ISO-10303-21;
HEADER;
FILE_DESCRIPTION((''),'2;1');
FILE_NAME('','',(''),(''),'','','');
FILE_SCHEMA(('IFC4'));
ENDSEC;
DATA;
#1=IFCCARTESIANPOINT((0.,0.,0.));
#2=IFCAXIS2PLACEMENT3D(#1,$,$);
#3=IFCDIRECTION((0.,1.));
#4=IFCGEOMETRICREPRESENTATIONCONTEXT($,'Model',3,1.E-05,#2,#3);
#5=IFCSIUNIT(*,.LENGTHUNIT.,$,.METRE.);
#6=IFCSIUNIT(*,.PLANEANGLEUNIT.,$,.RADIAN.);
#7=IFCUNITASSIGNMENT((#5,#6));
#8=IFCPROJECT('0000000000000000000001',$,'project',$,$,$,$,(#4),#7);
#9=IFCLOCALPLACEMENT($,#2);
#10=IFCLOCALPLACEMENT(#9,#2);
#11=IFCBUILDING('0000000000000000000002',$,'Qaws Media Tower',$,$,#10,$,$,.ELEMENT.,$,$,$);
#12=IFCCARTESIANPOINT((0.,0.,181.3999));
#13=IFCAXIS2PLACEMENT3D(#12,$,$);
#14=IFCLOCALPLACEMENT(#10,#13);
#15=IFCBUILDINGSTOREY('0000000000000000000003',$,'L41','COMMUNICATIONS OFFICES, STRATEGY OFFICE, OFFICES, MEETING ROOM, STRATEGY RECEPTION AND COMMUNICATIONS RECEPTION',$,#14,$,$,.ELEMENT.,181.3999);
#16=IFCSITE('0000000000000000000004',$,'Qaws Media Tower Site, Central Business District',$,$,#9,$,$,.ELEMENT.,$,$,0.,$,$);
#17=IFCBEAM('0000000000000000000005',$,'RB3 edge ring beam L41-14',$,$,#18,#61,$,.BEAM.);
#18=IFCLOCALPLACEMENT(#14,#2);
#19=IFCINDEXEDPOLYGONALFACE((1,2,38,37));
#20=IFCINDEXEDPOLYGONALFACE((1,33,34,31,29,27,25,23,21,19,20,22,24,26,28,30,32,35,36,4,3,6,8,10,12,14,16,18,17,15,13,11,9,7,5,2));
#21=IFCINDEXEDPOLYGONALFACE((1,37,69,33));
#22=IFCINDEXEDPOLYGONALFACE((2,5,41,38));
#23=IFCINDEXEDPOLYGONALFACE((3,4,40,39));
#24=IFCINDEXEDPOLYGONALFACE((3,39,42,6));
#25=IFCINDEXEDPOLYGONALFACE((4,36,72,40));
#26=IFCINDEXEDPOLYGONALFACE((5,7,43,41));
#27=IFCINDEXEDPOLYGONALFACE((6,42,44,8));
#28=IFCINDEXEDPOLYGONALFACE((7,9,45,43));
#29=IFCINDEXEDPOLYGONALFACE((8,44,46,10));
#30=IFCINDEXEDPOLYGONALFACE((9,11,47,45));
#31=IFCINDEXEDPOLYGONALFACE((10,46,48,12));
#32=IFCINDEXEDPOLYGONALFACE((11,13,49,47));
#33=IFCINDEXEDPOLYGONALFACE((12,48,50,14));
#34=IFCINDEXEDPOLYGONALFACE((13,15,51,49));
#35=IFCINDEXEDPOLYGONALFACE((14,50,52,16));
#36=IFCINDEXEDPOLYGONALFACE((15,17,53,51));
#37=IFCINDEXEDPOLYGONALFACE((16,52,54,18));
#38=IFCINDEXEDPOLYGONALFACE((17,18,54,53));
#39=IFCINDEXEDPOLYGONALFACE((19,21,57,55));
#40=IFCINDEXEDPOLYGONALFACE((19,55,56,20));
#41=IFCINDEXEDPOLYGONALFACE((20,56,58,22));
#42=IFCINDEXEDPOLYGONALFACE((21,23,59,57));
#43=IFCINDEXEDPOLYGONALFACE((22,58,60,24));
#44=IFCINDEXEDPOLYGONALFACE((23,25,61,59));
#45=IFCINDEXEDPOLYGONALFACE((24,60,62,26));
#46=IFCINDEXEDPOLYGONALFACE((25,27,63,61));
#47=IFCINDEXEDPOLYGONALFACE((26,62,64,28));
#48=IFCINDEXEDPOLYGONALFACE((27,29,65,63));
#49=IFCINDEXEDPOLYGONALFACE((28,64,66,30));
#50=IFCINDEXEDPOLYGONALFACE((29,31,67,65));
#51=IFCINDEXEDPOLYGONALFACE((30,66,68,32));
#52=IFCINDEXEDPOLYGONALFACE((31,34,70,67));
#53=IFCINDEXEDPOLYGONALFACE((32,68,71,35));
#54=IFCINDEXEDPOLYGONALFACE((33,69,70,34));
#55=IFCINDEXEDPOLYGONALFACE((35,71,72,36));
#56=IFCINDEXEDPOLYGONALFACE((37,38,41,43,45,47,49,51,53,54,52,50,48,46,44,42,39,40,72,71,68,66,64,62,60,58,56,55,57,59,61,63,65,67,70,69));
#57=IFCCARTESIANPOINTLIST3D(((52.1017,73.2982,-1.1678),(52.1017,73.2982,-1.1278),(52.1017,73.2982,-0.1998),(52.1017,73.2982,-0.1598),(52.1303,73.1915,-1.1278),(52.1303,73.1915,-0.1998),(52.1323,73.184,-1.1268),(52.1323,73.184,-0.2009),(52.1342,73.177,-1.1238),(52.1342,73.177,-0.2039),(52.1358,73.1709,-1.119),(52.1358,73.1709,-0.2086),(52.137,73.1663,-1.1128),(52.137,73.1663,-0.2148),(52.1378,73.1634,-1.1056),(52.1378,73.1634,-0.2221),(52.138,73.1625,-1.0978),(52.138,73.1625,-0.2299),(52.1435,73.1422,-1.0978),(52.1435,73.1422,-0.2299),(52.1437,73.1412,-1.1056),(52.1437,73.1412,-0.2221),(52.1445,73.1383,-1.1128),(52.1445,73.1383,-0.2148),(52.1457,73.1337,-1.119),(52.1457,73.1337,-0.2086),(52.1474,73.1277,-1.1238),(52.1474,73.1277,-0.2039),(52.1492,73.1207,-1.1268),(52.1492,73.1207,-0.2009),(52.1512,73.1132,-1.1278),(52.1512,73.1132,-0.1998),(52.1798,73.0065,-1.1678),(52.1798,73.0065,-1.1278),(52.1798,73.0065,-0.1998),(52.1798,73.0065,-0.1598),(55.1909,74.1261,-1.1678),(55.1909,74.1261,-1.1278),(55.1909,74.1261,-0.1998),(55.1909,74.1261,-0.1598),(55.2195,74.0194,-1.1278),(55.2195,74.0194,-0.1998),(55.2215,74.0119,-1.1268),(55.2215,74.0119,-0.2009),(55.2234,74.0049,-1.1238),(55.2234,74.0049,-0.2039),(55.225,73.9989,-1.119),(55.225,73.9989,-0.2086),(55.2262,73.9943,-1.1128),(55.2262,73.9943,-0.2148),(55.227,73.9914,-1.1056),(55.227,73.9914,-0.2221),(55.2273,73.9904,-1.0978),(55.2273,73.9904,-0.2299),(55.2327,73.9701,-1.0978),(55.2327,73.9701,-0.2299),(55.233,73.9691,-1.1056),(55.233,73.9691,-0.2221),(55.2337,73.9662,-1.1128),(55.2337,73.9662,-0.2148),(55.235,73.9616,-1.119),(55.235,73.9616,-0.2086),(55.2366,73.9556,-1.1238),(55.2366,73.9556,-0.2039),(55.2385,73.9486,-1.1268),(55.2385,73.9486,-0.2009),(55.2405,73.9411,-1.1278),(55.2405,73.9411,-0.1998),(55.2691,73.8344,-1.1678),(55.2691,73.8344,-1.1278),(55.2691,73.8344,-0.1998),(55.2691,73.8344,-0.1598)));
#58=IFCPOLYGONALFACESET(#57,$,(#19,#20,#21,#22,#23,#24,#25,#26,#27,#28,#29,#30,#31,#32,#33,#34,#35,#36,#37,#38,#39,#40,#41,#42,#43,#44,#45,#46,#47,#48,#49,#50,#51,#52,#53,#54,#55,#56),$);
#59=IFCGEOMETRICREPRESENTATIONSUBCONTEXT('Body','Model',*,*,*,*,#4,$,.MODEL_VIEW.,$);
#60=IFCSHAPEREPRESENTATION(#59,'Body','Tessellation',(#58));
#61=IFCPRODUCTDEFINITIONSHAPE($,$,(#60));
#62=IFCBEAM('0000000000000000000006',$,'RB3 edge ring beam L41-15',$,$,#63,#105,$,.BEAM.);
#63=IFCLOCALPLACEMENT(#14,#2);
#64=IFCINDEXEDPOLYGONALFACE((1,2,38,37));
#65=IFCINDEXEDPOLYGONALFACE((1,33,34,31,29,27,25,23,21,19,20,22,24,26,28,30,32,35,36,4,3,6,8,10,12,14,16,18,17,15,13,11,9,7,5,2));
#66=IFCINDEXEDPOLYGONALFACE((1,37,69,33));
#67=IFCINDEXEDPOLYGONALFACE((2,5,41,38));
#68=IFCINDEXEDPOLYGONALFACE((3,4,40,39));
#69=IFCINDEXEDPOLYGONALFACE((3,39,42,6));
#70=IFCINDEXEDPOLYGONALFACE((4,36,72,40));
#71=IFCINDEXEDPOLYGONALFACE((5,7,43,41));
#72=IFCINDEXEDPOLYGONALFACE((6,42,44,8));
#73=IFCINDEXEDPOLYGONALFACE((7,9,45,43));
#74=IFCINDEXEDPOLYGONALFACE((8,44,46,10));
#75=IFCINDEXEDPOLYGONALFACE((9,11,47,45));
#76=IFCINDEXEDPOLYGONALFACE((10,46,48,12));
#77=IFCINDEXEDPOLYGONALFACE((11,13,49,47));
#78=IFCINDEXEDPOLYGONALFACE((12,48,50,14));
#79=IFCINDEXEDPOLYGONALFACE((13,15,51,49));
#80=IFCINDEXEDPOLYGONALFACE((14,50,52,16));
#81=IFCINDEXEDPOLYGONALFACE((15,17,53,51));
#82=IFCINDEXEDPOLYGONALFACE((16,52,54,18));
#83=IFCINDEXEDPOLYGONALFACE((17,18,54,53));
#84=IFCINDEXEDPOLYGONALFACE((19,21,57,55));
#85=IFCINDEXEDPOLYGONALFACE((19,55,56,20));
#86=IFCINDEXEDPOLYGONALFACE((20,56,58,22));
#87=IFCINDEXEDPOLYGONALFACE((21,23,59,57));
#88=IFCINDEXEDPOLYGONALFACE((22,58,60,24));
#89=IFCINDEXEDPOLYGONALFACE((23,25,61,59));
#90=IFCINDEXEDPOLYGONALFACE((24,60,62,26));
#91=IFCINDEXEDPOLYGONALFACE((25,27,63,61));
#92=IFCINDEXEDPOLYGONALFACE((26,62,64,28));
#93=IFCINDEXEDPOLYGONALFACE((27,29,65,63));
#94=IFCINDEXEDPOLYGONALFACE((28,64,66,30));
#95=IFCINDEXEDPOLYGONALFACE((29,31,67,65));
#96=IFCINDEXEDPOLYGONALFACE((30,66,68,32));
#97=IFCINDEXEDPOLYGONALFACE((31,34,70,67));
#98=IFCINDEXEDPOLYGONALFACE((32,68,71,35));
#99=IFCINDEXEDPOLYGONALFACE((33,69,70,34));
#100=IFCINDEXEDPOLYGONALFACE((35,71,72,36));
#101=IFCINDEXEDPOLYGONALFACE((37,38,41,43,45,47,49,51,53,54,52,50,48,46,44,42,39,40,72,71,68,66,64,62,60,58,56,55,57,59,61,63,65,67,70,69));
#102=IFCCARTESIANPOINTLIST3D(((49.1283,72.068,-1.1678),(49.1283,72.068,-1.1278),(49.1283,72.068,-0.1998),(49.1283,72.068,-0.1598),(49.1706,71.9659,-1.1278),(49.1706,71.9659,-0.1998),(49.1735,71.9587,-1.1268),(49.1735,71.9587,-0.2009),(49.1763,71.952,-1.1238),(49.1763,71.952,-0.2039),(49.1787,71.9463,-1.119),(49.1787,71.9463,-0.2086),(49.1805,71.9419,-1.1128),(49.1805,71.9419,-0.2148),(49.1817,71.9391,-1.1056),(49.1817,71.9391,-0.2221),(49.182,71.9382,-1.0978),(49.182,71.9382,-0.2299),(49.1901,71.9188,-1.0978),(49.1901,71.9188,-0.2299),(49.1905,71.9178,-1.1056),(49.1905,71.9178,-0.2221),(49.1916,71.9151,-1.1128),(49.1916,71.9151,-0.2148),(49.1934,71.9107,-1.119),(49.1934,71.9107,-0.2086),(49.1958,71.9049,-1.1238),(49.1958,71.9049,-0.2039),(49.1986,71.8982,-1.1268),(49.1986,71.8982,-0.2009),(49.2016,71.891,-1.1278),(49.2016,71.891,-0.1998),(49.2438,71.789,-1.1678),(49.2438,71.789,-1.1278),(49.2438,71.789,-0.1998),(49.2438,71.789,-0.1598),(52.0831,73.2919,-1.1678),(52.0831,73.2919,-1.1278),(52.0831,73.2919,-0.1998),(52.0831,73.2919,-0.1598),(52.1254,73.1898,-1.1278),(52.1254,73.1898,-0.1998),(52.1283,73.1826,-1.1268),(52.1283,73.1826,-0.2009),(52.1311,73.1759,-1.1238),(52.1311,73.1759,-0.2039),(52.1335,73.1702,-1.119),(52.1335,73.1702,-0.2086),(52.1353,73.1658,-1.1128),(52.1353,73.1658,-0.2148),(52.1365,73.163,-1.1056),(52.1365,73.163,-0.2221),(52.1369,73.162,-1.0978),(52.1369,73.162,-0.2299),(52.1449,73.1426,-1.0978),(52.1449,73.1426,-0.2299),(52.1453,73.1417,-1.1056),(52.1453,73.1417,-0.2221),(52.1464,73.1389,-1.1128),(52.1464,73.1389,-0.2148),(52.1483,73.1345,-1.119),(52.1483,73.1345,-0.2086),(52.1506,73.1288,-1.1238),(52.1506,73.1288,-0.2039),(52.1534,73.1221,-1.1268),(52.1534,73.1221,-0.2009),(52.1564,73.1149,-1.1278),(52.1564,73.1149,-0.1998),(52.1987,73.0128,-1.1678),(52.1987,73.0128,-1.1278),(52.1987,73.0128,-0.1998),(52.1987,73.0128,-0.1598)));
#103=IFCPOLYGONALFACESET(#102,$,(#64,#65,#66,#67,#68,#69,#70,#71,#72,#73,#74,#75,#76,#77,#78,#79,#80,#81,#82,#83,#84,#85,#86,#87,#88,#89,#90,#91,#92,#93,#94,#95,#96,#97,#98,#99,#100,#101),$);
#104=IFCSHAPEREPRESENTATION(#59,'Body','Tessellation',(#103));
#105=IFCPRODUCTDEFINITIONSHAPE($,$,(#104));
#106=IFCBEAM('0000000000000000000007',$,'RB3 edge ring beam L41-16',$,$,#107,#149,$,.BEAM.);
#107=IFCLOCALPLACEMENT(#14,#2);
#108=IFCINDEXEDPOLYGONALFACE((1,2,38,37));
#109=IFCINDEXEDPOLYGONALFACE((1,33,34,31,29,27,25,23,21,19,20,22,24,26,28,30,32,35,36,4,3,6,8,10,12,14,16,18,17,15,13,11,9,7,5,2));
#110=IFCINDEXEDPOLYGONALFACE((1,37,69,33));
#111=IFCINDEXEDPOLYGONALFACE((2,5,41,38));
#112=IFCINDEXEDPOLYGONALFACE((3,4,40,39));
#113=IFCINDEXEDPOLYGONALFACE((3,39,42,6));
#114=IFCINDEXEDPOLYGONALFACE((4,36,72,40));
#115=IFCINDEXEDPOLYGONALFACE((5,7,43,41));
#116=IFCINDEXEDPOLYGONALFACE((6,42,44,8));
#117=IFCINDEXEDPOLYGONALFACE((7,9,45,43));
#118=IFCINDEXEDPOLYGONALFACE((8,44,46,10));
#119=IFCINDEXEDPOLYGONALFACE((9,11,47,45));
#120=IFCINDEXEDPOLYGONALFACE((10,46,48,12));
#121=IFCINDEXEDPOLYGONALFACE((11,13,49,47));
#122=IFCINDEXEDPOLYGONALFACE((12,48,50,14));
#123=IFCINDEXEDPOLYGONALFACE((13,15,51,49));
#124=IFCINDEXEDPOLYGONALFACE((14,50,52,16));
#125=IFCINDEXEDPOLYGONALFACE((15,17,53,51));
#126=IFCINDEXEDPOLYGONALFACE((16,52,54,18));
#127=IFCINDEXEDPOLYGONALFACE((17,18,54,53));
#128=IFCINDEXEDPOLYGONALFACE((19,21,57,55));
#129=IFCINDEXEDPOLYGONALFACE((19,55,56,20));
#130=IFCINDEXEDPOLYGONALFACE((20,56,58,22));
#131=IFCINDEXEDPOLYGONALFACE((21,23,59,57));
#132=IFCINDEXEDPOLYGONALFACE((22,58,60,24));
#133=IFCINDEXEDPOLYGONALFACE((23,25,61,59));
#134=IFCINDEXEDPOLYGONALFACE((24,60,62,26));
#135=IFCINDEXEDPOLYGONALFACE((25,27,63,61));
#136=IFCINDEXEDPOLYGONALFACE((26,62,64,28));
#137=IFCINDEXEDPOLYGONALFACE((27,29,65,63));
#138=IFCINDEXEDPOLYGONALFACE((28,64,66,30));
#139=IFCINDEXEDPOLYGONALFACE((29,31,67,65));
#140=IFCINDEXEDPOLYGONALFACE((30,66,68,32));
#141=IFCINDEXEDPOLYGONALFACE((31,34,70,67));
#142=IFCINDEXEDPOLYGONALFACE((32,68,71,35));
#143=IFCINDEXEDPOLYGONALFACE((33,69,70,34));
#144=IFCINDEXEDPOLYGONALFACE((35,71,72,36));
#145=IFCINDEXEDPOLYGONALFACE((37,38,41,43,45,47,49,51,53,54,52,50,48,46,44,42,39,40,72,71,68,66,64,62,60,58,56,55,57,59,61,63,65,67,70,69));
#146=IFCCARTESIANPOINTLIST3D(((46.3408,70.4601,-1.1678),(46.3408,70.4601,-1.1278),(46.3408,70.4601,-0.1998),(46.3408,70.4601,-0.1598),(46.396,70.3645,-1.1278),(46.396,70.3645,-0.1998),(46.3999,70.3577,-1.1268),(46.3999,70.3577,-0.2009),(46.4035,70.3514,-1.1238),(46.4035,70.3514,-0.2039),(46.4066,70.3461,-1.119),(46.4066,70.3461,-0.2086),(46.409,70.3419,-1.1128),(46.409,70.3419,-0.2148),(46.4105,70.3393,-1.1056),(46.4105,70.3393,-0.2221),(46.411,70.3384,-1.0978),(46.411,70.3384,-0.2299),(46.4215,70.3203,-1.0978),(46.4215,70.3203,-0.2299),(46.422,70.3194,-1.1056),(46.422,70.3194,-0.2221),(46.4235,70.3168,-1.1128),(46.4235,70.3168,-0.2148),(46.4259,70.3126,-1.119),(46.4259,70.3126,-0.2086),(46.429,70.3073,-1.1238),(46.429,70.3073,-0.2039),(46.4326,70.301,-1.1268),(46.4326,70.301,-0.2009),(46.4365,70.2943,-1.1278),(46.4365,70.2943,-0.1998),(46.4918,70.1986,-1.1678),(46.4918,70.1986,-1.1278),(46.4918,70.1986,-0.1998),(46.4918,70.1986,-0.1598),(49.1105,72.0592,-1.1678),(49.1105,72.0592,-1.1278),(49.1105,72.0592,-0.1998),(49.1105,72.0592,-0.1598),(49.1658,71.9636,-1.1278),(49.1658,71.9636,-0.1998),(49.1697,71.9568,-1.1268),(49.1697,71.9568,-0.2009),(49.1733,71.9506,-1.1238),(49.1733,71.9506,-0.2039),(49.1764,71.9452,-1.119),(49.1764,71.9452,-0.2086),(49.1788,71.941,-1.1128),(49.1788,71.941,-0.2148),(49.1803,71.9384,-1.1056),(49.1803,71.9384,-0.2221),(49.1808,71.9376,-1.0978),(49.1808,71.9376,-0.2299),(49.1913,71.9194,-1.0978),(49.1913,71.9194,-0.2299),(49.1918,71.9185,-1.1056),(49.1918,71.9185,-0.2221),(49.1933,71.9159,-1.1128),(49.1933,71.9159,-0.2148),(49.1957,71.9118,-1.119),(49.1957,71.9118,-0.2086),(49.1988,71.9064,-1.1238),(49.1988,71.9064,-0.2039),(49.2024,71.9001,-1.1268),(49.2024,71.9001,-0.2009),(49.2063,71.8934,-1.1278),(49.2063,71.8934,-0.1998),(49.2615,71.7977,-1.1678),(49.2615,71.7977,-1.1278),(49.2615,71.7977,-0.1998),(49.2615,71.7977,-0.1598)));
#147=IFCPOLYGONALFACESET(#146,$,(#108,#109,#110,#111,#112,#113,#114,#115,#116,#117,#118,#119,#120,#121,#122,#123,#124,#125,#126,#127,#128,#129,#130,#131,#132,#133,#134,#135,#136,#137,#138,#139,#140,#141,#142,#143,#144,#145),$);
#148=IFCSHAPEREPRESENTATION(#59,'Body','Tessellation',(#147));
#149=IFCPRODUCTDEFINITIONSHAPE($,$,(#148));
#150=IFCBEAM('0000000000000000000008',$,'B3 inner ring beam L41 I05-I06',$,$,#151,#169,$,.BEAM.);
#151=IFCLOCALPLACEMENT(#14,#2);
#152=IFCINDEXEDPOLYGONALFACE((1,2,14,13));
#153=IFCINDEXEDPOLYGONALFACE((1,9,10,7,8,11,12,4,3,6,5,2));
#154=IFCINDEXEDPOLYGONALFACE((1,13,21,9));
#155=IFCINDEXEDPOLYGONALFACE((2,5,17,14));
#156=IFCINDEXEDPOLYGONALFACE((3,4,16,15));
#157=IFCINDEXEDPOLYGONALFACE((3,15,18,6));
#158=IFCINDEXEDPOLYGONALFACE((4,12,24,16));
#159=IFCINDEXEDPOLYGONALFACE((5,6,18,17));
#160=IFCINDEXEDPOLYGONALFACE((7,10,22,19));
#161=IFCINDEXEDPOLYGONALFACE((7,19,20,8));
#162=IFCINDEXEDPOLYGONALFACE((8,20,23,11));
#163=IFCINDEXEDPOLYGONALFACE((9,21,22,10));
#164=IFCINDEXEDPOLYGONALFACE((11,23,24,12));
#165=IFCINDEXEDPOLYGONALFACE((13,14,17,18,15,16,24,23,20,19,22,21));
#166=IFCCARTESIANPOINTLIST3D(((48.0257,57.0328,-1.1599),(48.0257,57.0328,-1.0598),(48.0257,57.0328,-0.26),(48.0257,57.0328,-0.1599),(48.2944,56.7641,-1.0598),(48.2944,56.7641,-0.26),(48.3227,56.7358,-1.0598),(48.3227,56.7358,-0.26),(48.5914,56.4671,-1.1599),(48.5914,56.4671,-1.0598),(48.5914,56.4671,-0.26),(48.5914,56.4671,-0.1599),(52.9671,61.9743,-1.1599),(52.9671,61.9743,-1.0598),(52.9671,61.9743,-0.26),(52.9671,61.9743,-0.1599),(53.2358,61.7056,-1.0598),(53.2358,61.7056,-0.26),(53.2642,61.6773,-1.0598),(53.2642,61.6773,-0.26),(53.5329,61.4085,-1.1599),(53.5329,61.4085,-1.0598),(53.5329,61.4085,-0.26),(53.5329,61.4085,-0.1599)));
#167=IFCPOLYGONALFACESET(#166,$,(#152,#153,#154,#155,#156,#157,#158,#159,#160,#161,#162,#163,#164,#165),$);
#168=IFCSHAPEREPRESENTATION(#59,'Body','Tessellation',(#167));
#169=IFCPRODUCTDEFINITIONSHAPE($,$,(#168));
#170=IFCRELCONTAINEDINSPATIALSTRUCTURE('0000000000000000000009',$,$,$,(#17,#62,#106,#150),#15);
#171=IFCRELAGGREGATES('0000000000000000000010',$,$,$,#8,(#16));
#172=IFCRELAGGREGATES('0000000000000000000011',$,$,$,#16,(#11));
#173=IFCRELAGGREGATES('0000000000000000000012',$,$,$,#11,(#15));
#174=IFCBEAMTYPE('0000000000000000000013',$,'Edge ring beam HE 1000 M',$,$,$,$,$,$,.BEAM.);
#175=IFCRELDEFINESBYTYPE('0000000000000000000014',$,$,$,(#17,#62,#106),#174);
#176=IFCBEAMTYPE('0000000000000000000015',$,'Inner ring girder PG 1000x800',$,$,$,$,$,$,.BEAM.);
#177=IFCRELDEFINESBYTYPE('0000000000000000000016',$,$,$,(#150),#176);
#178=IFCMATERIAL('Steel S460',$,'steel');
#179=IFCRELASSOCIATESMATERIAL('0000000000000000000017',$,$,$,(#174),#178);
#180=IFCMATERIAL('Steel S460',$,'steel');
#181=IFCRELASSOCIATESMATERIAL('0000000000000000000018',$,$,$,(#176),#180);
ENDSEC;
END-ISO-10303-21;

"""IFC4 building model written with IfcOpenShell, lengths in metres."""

from ifc_helpers import new_model, si_unit, direction, frame, origin, origin_2d, place, context, subcontext, project, spatial, i_section, extrude, material, material_profile, profile_set, type_object, element, save


model = new_model("IFC4")

# Units and contexts
model_context = context("Model", 3, precision=1e-05, world=origin(), true_north=direction((0.0, 1.0)))
body_context = subcontext(model_context, "Body", "Model", "MODEL_VIEW")
ifc_project = project(units=[si_unit("LENGTHUNIT", "METRE"), si_unit("PLANEANGLEUNIT", "RADIAN")], contexts=[model_context])

# Site, building, storey
site_placement = place(None, origin())
site = spatial("IfcSite", under=ifc_project, at=site_placement, Name="Qaws Media Tower Site, Central Business District", CompositionType="ELEMENT", RefElevation=0.0)
building_placement = place(site_placement, origin())
building = spatial("IfcBuilding", under=site, at=building_placement, Name="Qaws Media Tower", CompositionType="ELEMENT")
storey_placement = place(building_placement, frame((0.0, 0.0, 181.3999)))
storey = spatial("IfcBuildingStorey", under=building, at=storey_placement, Name="L41", Description="COMMUNICATIONS OFFICES, STRATEGY OFFICE, OFFICES, MEETING ROOM, STRATEGY RECEPTION AND COMMUNICATIONS RECEPTION", CompositionType="ELEMENT", Elevation=181.3999)

# Beams
ifc_material_1 = material(Name="Steel S460", Category="steel")
ifc_material_profile_1 = material_profile(ifc_material_1, i_section(OverallWidth=0.302, OverallDepth=1.0081, WebThickness=0.021, FlangeThickness=0.04, FilletRadius=0.03, at=origin_2d()), Name="HE 1000 M")
ifc_profile_set_1 = profile_set([ifc_material_profile_1], Name="Steel S460")
beam_type_1 = type_object("IfcBeamType", Name="Edge ring beam HE 1000 M", PredefinedType="BEAM", material=ifc_profile_set_1)
for number, where, z_axis, x_axis, name in (
    (1, (55.23, 73.9802, -0.6638), (-0.965914, -0.258865, 0.0), (0.258865, -0.965914, 0.0), "RB3 edge ring beam L41-14"),
    (2, (52.1409, 73.1523, -0.6638), (-0.923886, -0.382669, 0.0), (0.382669, -0.923886, 0.0), "RB3 edge ring beam L41-15"),
    (3, (49.186, 71.9285, -0.6638), (-0.866027, -0.499998, 0.0), (0.499998, -0.866027, 0.0), "RB3 edge ring beam L41-16"),
):
    element("IfcBeam", number, at=place(storey_placement, frame(where, z_axis=z_axis, x_axis=x_axis)), inside=storey, type_object=beam_type_1, Name=name, PredefinedType="BEAM", context=body_context, shape_type="SweptSolid", body=[
        extrude(i_section(OverallWidth=0.302, OverallDepth=1.0081, WebThickness=0.021, FlangeThickness=0.04, FilletRadius=0.03, at=origin_2d()), origin(), (0.0, 0.0, 1.0), 3.1982),
    ])
ifc_material_2 = material(Name="Steel S460", Category="steel")
ifc_material_profile_2 = material_profile(ifc_material_2, i_section(OverallWidth=0.8, OverallDepth=1.0, WebThickness=0.04, FlangeThickness=0.1001, at=origin_2d()), Name="PG 1000x800")
ifc_profile_set_2 = profile_set([ifc_material_profile_2], Name="Steel S460")
beam_type_2 = type_object("IfcBeamType", Name="Inner ring girder PG 1000x800", PredefinedType="BEAM", material=ifc_profile_set_2)
beam_1_placement = place(storey_placement, frame((53.25, 61.6914, -0.6599), z_axis=(-0.707107, -0.707107, 0.0), x_axis=(0.707107, -0.707107, 0.0)))
element("IfcBeam", 4, at=beam_1_placement, inside=storey, type_object=beam_type_2, Name="B3 inner ring beam L41 I05-I06", PredefinedType="BEAM", context=body_context, shape_type="SweptSolid", body=[
    extrude(i_section(OverallWidth=0.8, OverallDepth=1.0, WebThickness=0.04, FlangeThickness=0.1001, at=origin_2d()), origin(), (0.0, 0.0, 1.0), 6.9883),
])

save(model, "model.ifc")
